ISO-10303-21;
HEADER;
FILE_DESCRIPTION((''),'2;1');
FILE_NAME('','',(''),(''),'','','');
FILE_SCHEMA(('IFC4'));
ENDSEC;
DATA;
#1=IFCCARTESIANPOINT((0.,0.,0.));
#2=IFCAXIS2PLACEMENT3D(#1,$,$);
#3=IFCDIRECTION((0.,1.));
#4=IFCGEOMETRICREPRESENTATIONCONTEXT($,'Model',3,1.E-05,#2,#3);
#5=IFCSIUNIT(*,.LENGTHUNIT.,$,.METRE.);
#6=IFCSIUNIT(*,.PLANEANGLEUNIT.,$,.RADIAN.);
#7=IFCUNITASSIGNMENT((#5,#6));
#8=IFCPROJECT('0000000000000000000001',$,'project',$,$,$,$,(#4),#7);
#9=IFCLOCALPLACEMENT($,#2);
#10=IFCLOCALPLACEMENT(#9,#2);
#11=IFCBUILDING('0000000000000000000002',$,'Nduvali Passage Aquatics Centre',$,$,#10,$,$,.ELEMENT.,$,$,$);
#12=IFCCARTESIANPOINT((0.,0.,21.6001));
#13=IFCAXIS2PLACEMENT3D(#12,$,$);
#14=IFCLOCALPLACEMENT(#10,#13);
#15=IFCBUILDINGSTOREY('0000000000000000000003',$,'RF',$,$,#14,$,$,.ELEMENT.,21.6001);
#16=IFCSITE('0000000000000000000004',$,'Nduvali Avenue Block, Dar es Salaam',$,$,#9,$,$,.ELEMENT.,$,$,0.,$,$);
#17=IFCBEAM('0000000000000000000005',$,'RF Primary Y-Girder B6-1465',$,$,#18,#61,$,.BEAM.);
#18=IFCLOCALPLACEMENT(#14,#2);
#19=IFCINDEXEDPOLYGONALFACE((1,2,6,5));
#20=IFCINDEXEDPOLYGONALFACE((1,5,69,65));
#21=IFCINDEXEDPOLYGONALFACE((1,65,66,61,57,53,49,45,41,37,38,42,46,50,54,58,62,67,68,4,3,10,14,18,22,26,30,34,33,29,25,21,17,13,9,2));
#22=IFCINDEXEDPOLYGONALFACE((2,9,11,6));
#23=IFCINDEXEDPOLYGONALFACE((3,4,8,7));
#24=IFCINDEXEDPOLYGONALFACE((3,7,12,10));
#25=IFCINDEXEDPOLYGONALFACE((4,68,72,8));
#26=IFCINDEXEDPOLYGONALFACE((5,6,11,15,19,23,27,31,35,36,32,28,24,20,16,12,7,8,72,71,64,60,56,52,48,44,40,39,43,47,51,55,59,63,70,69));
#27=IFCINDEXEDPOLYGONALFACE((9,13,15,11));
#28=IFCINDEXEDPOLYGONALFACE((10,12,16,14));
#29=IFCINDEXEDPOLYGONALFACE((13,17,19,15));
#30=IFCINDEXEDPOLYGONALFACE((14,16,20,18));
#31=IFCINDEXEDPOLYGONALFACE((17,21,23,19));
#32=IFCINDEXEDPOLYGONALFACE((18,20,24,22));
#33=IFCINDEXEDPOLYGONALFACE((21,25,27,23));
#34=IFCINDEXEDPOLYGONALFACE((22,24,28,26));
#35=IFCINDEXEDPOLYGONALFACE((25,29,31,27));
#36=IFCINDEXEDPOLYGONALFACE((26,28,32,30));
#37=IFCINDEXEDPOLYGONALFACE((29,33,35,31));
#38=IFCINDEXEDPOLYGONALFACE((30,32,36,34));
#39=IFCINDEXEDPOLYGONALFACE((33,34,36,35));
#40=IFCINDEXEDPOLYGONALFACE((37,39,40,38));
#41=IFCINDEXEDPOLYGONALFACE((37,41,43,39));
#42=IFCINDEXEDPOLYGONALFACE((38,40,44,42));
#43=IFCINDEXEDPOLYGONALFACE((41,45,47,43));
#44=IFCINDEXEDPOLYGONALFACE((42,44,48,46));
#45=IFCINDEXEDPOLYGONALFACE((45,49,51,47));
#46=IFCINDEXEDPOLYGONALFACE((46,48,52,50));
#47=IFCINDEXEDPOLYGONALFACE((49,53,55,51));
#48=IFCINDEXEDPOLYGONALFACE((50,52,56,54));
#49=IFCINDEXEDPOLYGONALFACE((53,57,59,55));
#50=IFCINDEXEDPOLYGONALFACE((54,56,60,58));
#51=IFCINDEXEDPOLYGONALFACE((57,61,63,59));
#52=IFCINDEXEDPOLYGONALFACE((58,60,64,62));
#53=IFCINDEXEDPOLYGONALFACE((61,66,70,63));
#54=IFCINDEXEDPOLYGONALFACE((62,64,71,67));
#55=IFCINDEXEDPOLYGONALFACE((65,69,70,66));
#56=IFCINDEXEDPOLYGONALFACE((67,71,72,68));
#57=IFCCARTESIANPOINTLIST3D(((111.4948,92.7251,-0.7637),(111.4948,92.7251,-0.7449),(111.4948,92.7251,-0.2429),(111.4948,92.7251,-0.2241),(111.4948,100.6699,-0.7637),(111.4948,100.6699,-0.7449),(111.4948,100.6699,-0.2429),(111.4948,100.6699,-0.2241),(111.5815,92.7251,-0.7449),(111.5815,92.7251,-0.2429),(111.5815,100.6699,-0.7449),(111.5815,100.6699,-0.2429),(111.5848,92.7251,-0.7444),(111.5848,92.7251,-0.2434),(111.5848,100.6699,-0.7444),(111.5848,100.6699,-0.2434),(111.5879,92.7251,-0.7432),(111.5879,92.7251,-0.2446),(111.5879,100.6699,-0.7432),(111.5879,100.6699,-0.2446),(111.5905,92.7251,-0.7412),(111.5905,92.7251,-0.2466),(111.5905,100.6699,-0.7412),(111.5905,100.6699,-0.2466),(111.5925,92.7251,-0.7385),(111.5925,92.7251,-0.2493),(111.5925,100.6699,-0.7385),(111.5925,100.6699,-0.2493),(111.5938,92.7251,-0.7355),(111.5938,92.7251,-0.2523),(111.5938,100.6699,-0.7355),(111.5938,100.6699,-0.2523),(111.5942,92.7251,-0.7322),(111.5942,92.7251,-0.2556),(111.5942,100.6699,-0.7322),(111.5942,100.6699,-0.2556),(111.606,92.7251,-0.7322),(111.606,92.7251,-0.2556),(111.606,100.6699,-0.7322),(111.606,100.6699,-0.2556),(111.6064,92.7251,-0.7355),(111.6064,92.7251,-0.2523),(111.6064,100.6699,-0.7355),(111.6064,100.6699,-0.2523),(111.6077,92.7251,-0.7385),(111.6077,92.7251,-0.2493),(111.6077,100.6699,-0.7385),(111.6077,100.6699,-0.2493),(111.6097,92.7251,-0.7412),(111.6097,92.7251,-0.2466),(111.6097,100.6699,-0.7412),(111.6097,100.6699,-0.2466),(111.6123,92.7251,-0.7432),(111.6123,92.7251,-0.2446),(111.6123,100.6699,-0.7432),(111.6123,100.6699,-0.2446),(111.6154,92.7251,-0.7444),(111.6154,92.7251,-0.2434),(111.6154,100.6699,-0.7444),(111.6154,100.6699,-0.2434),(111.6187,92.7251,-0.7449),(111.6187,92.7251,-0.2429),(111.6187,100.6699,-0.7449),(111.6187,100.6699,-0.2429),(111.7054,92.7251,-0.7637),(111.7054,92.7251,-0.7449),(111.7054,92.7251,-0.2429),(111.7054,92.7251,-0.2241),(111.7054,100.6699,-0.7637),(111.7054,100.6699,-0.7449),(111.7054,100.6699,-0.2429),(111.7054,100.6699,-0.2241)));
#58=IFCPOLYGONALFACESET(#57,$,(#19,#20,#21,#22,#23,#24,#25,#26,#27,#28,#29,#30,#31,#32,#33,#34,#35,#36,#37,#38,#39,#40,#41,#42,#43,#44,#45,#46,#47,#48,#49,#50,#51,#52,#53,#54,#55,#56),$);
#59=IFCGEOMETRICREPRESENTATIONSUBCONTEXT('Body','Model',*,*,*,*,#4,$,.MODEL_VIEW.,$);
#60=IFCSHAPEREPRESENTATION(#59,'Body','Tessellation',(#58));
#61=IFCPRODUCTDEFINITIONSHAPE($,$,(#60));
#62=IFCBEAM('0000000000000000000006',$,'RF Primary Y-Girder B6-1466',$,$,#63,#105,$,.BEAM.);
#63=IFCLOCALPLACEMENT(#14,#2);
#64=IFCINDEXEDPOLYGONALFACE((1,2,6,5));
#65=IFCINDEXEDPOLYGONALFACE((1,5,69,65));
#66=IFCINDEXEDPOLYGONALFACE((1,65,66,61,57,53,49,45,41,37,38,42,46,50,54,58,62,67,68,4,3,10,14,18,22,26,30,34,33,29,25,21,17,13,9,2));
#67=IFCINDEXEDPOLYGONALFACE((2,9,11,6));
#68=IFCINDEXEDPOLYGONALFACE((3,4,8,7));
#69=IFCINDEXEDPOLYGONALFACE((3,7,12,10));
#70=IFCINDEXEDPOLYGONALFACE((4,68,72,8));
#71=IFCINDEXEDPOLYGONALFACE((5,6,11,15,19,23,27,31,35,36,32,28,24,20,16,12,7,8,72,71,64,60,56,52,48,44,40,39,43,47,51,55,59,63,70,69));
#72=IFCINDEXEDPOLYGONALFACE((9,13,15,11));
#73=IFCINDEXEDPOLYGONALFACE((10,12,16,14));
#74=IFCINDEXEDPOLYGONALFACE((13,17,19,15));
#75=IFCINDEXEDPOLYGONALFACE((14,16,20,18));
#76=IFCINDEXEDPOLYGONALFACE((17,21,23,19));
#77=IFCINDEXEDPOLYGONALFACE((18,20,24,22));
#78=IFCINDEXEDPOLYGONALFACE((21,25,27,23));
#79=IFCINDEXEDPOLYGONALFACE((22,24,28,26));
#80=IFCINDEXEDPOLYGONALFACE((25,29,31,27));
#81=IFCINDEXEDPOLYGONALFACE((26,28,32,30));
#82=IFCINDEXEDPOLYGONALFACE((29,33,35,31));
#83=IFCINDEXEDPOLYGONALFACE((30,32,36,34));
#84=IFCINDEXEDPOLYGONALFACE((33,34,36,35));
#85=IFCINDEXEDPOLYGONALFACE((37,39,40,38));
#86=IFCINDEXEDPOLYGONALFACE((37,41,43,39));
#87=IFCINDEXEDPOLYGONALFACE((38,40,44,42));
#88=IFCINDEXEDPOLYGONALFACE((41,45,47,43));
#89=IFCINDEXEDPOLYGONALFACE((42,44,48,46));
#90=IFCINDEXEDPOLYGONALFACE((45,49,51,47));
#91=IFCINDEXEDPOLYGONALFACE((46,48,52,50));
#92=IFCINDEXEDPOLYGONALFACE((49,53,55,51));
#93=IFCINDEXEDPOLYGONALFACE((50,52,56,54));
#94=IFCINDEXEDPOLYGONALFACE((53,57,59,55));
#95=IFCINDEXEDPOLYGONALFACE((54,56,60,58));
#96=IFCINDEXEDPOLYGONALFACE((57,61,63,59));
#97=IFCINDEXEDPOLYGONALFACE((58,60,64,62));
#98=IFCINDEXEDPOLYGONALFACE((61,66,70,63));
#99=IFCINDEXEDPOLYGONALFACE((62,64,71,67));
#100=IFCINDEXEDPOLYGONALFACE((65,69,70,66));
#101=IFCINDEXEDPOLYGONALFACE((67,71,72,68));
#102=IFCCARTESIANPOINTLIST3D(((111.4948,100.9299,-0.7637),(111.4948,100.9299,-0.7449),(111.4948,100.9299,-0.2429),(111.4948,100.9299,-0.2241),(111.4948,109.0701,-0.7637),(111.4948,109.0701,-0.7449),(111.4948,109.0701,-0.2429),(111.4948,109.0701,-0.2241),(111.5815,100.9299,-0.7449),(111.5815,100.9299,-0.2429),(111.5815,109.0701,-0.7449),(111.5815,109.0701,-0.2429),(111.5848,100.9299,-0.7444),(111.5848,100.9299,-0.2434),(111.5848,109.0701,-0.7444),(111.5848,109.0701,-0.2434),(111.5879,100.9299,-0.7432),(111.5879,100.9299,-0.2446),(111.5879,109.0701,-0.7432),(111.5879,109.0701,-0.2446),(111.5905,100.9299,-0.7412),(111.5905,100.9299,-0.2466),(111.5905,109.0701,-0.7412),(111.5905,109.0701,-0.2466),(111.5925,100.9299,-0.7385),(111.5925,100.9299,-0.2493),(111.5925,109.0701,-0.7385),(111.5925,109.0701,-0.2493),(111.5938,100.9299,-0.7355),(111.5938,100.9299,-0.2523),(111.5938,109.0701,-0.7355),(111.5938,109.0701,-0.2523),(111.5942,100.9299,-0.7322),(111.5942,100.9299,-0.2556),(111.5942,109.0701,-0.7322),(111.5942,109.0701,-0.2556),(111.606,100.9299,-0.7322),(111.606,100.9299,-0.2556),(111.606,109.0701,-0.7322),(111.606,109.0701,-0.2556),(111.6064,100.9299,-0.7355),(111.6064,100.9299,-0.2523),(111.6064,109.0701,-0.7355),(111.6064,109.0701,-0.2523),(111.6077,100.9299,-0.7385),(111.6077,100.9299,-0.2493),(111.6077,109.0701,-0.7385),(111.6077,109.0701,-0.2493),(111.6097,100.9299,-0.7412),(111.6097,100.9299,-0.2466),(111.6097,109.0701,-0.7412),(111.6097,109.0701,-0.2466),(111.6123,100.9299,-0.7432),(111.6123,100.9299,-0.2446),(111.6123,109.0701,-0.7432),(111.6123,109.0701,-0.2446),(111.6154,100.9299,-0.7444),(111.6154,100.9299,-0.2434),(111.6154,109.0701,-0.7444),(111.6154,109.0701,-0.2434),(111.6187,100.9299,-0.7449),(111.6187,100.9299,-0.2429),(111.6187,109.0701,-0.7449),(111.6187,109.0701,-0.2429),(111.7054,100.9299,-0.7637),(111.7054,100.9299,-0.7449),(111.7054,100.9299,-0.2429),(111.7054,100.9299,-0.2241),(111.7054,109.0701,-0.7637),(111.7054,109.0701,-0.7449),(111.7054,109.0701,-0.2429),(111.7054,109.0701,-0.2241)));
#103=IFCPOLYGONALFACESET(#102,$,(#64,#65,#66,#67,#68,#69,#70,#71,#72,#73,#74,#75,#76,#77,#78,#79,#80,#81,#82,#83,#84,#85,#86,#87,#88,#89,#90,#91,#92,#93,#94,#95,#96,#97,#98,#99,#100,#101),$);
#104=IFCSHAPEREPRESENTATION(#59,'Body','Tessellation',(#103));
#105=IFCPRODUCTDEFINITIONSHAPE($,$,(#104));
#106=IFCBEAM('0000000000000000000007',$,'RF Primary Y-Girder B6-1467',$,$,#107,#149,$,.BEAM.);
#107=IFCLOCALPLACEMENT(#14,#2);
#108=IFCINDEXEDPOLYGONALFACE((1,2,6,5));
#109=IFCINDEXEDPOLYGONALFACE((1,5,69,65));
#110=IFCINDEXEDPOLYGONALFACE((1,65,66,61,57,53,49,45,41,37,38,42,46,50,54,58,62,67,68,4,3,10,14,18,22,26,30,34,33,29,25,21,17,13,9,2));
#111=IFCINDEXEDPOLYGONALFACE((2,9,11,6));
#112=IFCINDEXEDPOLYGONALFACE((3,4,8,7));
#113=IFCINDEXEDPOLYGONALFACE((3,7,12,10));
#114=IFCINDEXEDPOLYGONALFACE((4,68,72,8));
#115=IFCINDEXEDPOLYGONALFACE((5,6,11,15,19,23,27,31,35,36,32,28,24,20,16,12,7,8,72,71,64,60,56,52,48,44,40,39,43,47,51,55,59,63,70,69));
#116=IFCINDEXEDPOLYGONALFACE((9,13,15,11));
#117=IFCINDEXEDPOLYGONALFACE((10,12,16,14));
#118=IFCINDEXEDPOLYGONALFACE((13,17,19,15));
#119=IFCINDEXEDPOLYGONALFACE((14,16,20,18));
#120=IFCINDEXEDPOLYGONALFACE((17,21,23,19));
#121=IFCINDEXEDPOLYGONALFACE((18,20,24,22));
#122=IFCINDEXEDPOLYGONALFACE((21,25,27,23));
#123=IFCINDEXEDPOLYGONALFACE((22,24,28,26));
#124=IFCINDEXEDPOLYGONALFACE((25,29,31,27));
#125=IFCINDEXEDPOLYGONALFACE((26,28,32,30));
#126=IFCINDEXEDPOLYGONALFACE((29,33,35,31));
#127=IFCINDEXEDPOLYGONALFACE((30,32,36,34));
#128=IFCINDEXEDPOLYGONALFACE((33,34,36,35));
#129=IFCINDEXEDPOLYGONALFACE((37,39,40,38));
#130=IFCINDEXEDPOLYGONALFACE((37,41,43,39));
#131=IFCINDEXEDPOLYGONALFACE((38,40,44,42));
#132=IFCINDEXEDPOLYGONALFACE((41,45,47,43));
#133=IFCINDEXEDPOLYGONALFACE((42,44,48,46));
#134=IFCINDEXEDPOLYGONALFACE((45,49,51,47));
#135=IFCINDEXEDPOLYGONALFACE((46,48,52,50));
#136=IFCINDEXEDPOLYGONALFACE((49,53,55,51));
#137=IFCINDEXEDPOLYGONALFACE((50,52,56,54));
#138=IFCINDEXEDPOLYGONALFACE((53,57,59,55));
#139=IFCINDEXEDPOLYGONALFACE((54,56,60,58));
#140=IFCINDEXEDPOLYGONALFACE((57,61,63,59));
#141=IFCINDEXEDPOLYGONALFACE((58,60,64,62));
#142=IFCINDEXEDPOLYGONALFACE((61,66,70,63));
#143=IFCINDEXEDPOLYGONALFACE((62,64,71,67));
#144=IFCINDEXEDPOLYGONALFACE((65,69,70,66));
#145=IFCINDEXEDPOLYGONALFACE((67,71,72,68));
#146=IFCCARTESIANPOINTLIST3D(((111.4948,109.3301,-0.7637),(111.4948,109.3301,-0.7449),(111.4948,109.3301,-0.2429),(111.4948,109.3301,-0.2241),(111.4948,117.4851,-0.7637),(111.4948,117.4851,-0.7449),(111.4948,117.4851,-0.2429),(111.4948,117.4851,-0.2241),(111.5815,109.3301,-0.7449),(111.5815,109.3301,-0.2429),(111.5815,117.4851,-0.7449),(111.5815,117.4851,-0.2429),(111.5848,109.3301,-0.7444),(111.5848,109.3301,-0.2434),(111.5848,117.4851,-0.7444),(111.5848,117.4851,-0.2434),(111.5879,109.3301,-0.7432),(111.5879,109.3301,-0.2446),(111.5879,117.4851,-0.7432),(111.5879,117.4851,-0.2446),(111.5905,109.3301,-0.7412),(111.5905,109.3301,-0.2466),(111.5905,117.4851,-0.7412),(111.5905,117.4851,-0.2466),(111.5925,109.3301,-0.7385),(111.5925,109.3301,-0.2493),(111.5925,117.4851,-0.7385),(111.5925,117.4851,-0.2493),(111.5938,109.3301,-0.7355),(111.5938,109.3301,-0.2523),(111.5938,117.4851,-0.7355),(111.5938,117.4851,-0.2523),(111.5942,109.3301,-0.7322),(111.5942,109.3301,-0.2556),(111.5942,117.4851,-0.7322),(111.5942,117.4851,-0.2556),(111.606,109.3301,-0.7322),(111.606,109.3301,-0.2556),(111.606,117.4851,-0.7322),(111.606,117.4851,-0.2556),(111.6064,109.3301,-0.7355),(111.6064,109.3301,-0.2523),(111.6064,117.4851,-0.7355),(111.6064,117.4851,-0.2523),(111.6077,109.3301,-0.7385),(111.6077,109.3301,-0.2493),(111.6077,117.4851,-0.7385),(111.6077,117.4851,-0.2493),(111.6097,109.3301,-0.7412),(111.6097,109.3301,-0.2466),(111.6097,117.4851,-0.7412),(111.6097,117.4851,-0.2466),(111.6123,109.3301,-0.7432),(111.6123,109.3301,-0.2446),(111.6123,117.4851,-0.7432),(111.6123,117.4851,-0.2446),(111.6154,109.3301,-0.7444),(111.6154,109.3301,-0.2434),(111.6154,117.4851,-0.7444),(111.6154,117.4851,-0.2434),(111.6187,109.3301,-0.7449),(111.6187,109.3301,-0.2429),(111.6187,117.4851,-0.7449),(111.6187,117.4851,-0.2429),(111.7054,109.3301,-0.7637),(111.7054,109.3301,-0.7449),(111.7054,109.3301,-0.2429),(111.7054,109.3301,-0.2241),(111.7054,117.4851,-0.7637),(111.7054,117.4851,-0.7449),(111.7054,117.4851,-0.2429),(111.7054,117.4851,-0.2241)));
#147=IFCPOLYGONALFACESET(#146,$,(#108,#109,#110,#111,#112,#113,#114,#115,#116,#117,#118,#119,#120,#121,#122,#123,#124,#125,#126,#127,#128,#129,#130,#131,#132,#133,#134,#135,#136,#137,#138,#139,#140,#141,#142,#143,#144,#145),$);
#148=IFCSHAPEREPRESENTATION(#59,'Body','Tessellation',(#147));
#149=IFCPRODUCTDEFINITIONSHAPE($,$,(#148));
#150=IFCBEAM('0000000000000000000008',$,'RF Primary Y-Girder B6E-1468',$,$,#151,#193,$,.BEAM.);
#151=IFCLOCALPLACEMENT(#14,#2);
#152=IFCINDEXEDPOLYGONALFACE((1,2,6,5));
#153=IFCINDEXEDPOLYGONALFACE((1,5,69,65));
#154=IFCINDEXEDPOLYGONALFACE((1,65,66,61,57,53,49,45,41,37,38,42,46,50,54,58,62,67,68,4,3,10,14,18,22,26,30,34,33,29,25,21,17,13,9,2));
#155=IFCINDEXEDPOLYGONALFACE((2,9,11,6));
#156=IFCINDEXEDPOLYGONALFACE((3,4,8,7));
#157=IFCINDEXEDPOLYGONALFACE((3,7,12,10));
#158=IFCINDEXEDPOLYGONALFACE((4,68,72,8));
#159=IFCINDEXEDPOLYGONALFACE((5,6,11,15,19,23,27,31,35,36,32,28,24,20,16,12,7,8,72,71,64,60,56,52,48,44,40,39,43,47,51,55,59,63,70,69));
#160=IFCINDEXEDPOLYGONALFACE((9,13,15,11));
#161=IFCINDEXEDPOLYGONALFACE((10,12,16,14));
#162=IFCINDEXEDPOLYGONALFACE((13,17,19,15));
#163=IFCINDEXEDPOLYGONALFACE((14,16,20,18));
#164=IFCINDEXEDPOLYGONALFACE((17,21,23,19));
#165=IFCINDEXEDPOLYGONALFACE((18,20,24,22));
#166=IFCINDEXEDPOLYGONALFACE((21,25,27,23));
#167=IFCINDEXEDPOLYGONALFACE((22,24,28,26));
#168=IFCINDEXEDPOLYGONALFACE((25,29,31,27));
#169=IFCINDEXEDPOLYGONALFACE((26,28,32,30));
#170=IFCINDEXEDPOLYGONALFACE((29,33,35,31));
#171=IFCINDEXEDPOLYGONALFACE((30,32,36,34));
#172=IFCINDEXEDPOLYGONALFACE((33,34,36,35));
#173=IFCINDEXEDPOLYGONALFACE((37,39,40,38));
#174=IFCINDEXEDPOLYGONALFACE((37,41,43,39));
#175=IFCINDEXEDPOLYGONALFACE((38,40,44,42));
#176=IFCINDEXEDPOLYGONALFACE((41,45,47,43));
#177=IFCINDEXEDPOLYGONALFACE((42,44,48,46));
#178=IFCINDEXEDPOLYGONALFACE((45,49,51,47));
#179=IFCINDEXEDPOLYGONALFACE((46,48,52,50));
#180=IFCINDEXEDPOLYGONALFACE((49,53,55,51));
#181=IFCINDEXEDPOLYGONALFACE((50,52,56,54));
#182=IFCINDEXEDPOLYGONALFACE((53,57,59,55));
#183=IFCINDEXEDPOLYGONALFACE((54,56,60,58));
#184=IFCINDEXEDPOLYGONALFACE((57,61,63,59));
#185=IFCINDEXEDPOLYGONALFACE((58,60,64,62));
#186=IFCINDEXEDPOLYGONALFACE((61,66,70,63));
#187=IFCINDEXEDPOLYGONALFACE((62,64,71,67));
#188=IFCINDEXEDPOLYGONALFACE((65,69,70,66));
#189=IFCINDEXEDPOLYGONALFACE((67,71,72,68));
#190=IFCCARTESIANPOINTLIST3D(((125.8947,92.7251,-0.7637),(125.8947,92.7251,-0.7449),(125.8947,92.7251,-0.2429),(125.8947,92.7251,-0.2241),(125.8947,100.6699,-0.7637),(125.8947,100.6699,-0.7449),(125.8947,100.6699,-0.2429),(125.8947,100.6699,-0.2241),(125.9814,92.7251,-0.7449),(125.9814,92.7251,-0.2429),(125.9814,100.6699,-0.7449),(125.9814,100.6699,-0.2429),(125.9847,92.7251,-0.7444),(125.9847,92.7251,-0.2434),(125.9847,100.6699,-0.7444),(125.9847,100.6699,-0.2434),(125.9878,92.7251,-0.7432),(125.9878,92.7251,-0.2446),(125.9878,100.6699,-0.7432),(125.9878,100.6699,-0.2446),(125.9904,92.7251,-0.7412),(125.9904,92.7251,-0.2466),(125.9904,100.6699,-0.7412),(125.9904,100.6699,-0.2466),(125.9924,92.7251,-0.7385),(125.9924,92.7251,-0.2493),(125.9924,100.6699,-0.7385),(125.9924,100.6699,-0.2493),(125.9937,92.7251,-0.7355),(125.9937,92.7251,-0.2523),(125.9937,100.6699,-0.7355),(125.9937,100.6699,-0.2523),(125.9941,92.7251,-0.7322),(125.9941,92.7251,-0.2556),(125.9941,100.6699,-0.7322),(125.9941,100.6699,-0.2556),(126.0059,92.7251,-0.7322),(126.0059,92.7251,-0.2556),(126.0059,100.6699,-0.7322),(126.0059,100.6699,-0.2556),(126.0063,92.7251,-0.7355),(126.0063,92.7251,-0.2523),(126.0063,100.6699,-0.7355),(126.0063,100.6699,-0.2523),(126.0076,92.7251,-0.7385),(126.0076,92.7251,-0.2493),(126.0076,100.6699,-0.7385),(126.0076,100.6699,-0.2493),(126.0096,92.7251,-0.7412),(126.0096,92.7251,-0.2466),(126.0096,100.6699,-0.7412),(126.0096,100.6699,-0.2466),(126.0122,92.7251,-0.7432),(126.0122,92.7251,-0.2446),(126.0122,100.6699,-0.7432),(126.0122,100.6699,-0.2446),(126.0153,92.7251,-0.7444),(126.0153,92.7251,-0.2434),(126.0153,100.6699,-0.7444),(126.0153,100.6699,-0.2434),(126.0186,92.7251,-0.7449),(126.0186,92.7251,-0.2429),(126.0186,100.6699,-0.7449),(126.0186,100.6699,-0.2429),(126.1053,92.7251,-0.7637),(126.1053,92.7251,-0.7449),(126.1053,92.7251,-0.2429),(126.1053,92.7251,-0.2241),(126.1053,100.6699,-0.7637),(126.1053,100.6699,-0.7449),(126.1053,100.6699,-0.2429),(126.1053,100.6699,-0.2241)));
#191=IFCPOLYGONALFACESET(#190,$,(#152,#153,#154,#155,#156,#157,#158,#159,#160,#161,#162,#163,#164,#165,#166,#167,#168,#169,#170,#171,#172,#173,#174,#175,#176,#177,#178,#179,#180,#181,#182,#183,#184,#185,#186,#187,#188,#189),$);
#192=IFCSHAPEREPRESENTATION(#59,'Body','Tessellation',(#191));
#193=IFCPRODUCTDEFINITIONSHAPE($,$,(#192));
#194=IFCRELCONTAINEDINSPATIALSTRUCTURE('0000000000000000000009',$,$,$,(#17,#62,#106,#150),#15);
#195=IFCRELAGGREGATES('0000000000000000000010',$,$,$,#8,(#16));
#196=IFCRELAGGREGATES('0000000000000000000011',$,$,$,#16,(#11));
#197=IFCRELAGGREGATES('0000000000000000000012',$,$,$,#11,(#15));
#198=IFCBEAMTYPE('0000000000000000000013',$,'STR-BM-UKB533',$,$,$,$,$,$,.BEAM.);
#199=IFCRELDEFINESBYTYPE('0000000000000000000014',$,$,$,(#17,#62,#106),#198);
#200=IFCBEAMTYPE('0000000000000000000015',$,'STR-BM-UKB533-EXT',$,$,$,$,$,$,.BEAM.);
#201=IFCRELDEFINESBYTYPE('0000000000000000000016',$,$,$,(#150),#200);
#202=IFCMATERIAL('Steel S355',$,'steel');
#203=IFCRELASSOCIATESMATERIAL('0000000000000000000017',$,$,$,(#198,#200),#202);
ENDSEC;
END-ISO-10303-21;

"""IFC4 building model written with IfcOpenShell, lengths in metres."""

from ifc_helpers import new_model, si_unit, direction, frame, origin, origin_2d, place, context, subcontext, project, spatial, i_section, extrude, material, material_profile, profile_set, type_object, element, save


model = new_model("IFC4")

# Units and contexts
model_context = context("Model", 3, precision=1e-05, world=origin(), true_north=direction((0.0, 1.0)))
body_context = subcontext(model_context, "Body", "Model", "MODEL_VIEW")
ifc_project = project(units=[si_unit("LENGTHUNIT", "METRE"), si_unit("PLANEANGLEUNIT", "RADIAN")], contexts=[model_context])

# Site, building, storey
site_placement = place(None, origin())
site = spatial("IfcSite", under=ifc_project, at=site_placement, Name="Nduvali Avenue Block, Dar es Salaam", CompositionType="ELEMENT", RefElevation=0.0)
building_placement = place(site_placement, origin())
building = spatial("IfcBuilding", under=site, at=building_placement, Name="Nduvali Passage Aquatics Centre", CompositionType="ELEMENT")
storey_placement = place(building_placement, frame((0.0, 0.0, 21.6001)))
storey = spatial("IfcBuildingStorey", under=building, at=storey_placement, Name="RF", CompositionType="ELEMENT", Elevation=21.6001)

# Beams
ifc_material_1 = material(Name="Steel S355", Category="steel")
ifc_material_profile_1 = material_profile(ifc_material_1, i_section(OverallWidth=0.2107, OverallDepth=0.5396, WebThickness=0.0117, FlangeThickness=0.0188, FilletRadius=0.0127, at=origin_2d()), Name="UKB 533x210x109")
ifc_profile_set_1 = profile_set([ifc_material_profile_1], Name="Steel S355")
beam_type_1 = type_object("IfcBeamType", Name="STR-BM-UKB533", PredefinedType="BEAM", material=ifc_profile_set_1)
beam_1_placement = place(storey_placement, frame((111.6001, 92.7251, -0.4939), z_axis=(0.0, 1.0, 0.0), x_axis=(-1.0, 0.0, 0.0)))
element("IfcBeam", 1, at=beam_1_placement, inside=storey, type_object=beam_type_1, Name="RF Primary Y-Girder B6-1465", PredefinedType="BEAM", context=body_context, shape_type="SweptSolid", body=[
    extrude(i_section(OverallWidth=0.2107, OverallDepth=0.5396, WebThickness=0.0117, FlangeThickness=0.0188, FilletRadius=0.0127, at=origin_2d()), origin(), (0.0, 0.0, 1.0), 7.9448),
])
beam_2_placement = place(storey_placement, frame((111.6001, 100.9299, -0.4939), z_axis=(0.0, 1.0, 0.0), x_axis=(-1.0, 0.0, 0.0)))
element("IfcBeam", 2, at=beam_2_placement, inside=storey, type_object=beam_type_1, Name="RF Primary Y-Girder B6-1466", PredefinedType="BEAM", context=body_context, shape_type="SweptSolid", body=[
    extrude(i_section(OverallWidth=0.2107, OverallDepth=0.5396, WebThickness=0.0117, FlangeThickness=0.0188, FilletRadius=0.0127, at=origin_2d()), origin(), (0.0, 0.0, 1.0), 8.1401),
])
beam_3_placement = place(storey_placement, frame((111.6001, 109.3301, -0.4939), z_axis=(0.0, 1.0, 0.0), x_axis=(-1.0, 0.0, 0.0)))
element("IfcBeam", 3, at=beam_3_placement, inside=storey, type_object=beam_type_1, Name="RF Primary Y-Girder B6-1467", PredefinedType="BEAM", context=body_context, shape_type="SweptSolid", body=[
    extrude(i_section(OverallWidth=0.2107, OverallDepth=0.5396, WebThickness=0.0117, FlangeThickness=0.0188, FilletRadius=0.0127, at=origin_2d()), origin(), (0.0, 0.0, 1.0), 8.155),
])
ifc_material_profile_2 = material_profile(ifc_material_1, i_section(OverallWidth=0.2107, OverallDepth=0.5396, WebThickness=0.0117, FlangeThickness=0.0188, FilletRadius=0.0127, at=origin_2d()), Name="UKB 533x210x109")
ifc_profile_set_2 = profile_set([ifc_material_profile_2], Name="Steel S355")
beam_type_2 = type_object("IfcBeamType", Name="STR-BM-UKB533-EXT", PredefinedType="BEAM", material=ifc_profile_set_2)
beam_4_placement = place(storey_placement, frame((126.0, 92.7251, -0.4939), z_axis=(0.0, 1.0, 0.0), x_axis=(-1.0, 0.0, 0.0)))
element("IfcBeam", 4, at=beam_4_placement, inside=storey, type_object=beam_type_2, Name="RF Primary Y-Girder B6E-1468", PredefinedType="BEAM", context=body_context, shape_type="SweptSolid", body=[
    extrude(i_section(OverallWidth=0.2107, OverallDepth=0.5396, WebThickness=0.0117, FlangeThickness=0.0188, FilletRadius=0.0127, at=origin_2d()), origin(), (0.0, 0.0, 1.0), 7.9448),
])

save(model, "model.ifc")
